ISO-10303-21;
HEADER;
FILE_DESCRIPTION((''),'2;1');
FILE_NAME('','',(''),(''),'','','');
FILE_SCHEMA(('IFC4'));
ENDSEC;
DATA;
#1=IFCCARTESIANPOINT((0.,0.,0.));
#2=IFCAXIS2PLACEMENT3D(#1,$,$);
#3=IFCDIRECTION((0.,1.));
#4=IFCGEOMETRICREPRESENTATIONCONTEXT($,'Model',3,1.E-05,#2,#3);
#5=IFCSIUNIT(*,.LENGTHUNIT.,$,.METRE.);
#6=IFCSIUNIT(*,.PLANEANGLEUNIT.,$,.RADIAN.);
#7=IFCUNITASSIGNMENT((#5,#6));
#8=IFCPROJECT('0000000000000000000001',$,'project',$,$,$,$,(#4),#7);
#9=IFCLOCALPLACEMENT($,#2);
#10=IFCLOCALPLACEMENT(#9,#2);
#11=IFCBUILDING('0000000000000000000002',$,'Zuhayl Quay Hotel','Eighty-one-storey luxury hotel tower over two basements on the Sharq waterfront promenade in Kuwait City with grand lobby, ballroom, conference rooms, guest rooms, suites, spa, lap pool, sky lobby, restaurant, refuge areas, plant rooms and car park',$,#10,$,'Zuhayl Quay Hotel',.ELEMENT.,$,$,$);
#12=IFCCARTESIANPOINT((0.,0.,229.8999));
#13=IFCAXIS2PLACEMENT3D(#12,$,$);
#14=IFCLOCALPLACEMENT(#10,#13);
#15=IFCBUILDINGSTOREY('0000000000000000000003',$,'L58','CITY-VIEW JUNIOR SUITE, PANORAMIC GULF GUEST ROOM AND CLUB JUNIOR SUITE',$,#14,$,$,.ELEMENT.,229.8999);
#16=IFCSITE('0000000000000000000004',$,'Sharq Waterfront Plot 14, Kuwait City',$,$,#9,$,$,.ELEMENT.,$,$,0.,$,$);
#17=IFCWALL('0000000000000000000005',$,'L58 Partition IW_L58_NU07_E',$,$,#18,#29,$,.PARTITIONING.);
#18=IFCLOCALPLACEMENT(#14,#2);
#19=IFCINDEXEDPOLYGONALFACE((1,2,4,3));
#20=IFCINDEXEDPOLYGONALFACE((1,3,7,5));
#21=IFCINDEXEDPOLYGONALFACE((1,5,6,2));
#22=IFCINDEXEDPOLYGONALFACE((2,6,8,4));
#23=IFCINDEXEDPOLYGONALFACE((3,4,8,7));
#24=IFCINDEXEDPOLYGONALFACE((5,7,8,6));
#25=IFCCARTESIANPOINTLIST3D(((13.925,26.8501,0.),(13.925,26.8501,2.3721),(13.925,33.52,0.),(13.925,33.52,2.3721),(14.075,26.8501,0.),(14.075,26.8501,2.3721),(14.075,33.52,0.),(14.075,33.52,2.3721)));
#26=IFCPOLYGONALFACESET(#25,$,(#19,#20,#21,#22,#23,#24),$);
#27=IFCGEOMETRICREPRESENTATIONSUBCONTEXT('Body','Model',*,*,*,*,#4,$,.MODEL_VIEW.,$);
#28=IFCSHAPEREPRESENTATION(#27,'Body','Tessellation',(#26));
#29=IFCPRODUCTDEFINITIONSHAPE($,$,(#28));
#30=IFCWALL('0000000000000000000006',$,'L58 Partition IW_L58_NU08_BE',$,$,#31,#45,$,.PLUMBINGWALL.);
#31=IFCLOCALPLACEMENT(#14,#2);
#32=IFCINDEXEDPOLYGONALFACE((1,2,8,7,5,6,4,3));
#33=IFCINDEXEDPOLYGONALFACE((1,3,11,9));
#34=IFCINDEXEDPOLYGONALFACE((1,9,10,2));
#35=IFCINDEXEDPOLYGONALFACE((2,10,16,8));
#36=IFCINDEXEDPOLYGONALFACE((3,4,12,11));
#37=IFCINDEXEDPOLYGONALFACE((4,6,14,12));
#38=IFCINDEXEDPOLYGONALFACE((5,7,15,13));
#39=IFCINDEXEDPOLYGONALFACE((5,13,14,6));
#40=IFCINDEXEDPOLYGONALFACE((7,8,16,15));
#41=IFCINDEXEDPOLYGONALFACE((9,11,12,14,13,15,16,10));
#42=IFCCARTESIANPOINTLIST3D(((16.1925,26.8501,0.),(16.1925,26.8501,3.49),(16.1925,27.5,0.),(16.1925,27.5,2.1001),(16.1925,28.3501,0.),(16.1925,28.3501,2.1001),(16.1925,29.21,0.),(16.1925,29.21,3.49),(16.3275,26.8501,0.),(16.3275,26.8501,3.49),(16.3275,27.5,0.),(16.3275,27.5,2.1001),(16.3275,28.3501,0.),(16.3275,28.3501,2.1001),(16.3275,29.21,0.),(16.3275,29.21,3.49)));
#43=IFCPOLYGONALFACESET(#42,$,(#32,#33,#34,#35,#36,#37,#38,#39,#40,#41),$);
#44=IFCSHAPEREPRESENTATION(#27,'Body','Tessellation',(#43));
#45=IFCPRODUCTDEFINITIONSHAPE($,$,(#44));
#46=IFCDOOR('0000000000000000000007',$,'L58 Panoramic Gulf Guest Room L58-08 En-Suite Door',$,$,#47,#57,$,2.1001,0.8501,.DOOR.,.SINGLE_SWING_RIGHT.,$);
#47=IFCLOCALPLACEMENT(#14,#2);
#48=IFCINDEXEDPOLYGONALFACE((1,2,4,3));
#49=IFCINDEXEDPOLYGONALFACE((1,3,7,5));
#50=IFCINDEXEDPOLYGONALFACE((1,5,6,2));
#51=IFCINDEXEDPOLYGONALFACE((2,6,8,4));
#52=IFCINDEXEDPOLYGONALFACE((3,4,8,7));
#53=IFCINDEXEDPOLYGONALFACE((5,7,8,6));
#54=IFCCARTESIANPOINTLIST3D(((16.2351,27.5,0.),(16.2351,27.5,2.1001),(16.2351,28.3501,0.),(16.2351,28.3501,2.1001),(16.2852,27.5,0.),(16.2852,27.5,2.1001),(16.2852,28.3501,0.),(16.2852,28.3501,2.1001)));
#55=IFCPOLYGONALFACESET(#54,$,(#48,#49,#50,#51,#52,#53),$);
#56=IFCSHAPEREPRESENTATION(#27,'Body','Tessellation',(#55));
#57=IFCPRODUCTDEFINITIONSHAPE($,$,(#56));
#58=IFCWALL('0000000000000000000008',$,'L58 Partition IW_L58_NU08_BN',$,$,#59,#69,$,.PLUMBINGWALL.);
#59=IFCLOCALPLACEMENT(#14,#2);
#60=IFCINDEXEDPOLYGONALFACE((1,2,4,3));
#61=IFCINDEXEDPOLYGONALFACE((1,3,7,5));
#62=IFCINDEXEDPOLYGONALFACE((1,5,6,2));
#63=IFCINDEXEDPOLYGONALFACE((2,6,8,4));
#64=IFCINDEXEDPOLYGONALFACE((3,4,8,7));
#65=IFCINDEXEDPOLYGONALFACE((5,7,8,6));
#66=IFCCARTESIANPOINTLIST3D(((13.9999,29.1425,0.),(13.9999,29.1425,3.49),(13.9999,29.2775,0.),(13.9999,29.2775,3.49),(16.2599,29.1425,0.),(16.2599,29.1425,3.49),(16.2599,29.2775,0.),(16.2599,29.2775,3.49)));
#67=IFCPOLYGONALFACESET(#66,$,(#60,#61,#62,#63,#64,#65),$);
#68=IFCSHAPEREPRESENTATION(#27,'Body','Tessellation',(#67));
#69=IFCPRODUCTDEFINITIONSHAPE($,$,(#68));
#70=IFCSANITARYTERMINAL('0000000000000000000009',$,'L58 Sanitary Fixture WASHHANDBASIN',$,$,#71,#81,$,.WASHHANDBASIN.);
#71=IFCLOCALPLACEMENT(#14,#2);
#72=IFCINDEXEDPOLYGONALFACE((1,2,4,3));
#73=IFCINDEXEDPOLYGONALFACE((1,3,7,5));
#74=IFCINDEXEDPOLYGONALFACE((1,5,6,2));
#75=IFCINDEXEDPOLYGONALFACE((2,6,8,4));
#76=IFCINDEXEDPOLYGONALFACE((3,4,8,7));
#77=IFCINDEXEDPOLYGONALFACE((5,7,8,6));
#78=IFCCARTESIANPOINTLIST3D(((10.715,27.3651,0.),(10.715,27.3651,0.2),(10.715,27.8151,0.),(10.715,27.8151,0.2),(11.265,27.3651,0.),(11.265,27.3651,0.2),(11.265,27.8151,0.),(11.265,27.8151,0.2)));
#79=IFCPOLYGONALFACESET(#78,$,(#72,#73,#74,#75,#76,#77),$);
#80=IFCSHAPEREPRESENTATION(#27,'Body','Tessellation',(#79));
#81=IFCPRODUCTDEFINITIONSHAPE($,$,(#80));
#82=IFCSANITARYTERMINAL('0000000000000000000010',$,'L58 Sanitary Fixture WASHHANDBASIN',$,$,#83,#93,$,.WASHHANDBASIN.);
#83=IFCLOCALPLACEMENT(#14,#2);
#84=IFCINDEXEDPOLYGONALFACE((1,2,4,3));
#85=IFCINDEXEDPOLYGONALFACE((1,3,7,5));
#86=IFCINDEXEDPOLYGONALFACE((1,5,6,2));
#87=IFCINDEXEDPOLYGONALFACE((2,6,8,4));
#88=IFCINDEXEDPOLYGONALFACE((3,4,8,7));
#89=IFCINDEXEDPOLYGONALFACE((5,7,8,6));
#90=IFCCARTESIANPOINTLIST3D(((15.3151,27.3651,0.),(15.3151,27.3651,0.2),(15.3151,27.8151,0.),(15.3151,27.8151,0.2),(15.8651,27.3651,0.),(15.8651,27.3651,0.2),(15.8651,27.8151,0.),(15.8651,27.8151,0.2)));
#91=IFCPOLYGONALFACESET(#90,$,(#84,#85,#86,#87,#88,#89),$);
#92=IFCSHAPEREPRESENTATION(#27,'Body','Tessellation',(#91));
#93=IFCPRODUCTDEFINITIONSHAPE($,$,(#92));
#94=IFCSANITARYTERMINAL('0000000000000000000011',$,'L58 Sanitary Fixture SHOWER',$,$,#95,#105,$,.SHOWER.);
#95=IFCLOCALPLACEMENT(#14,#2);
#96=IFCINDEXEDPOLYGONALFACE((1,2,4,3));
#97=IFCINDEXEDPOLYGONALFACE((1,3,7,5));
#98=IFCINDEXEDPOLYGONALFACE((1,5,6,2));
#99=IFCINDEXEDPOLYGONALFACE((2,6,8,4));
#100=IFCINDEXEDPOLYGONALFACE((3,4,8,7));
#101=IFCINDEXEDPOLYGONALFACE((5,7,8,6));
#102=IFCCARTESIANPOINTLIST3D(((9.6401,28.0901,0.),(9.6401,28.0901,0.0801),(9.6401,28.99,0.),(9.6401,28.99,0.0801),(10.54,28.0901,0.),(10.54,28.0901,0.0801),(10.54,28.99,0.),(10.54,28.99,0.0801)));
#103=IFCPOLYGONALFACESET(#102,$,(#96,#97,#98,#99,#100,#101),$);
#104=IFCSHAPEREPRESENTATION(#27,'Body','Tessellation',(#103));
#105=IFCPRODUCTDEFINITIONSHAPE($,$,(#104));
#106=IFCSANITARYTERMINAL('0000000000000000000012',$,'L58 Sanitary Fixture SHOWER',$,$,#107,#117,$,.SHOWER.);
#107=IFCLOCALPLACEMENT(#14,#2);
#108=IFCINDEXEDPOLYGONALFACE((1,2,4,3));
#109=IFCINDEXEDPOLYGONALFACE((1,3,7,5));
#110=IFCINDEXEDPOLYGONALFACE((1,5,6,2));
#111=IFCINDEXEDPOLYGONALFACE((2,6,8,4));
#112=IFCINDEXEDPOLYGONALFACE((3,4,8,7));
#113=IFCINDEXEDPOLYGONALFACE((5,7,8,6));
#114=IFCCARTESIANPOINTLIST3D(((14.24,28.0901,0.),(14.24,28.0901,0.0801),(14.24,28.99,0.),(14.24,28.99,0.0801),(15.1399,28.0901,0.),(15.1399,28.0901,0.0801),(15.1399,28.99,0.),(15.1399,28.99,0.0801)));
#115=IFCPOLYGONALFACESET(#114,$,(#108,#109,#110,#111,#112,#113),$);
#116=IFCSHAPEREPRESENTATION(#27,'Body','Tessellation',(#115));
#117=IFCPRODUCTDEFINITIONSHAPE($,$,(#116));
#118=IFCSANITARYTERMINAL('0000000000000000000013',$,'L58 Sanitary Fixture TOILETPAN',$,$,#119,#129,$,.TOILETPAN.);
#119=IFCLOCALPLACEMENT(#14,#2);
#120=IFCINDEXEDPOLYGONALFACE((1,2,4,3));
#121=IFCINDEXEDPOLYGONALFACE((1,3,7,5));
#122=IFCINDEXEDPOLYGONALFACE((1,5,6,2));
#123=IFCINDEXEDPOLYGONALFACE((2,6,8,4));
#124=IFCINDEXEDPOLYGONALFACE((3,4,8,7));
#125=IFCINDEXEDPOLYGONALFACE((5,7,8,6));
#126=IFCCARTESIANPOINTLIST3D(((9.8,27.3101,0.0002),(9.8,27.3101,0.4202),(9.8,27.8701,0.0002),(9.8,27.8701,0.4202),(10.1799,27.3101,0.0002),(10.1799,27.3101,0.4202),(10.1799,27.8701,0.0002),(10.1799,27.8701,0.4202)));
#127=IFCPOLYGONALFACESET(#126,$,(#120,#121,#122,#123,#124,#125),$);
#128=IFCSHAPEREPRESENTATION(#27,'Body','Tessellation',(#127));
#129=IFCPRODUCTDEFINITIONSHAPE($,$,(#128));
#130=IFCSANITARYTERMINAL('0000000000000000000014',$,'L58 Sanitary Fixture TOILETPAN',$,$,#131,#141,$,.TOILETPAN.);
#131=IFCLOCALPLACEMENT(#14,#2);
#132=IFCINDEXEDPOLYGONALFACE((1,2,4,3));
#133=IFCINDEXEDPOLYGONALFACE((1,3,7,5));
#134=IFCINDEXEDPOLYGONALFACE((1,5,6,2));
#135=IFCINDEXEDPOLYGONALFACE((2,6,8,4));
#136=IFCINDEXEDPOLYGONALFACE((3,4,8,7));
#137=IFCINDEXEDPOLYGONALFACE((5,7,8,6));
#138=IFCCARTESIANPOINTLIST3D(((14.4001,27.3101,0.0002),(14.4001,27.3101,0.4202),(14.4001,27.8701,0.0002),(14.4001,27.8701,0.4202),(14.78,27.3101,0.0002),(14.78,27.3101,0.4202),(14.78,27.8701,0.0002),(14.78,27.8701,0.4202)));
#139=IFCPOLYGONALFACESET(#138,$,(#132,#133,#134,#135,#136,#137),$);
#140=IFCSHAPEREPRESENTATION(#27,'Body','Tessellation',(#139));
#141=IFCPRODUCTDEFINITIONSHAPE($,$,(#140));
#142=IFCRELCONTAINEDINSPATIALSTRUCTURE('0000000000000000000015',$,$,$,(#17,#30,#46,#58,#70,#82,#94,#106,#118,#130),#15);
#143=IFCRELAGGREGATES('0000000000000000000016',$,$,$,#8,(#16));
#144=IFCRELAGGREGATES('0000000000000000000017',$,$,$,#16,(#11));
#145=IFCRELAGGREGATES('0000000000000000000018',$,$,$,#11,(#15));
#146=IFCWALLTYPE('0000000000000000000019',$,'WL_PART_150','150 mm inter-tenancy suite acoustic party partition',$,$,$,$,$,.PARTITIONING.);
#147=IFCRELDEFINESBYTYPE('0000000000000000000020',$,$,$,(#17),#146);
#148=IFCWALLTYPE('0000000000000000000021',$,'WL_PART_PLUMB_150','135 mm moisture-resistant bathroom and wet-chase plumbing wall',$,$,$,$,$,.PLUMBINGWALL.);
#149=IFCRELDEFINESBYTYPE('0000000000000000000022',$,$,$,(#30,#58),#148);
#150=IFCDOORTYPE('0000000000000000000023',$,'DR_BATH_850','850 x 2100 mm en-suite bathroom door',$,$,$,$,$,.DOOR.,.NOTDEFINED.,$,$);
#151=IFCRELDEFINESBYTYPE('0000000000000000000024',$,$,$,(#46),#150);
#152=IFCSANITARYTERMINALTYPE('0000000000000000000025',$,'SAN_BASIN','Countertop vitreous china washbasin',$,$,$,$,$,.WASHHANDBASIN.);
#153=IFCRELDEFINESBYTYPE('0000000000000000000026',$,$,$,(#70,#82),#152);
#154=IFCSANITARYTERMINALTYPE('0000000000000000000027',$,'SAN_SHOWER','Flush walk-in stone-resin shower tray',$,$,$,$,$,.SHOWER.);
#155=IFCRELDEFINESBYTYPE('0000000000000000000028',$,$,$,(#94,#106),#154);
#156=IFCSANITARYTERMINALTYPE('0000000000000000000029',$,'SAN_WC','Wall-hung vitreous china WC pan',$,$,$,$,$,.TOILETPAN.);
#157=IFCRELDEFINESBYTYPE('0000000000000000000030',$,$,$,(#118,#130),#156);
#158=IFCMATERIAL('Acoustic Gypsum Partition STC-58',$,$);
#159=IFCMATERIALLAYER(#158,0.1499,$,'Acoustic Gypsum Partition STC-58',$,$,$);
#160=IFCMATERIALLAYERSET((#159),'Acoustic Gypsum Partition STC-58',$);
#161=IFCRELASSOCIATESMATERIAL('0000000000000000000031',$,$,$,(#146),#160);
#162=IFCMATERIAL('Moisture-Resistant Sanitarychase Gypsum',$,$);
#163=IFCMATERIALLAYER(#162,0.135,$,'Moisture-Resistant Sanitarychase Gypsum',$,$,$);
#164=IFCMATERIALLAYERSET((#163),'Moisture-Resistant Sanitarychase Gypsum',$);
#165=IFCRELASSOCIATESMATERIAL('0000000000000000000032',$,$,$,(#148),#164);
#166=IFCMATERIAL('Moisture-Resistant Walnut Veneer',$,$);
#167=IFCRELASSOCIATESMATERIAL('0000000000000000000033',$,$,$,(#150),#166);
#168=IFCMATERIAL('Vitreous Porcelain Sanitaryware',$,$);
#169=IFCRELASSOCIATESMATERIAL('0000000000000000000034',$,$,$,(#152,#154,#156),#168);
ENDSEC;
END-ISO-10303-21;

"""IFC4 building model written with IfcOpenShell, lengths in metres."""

from ifc_helpers import new_model, si_unit, direction, frame, frame_2d, origin, origin_2d, place, context, subcontext, project, spatial, rectangle, extrude, material, layer, layer_set, type_object, element, fill, save


model = new_model("IFC4")

# Units and contexts
model_context = context("Model", 3, precision=1e-05, world=origin(), true_north=direction((0.0, 1.0)))
body_context = subcontext(model_context, "Body", "Model", "MODEL_VIEW")
ifc_project = project(units=[si_unit("LENGTHUNIT", "METRE"), si_unit("PLANEANGLEUNIT", "RADIAN")], contexts=[model_context])

# Site, building, storey
site_placement = place(None, origin())
site = spatial("IfcSite", under=ifc_project, at=site_placement, Name="Sharq Waterfront Plot 14, Kuwait City", CompositionType="ELEMENT", RefElevation=0.0)
building_placement = place(site_placement, origin())
building = spatial("IfcBuilding", under=site, at=building_placement, Name="Zuhayl Quay Hotel", Description="Eighty-one-storey luxury hotel tower over two basements on the Sharq waterfront promenade in Kuwait City with grand lobby, ballroom, conference rooms, guest rooms, suites, spa, lap pool, sky lobby, restaurant, refuge areas, plant rooms and car park", LongName="Zuhayl Quay Hotel", CompositionType="ELEMENT")
storey_placement = place(building_placement, frame((0.0, 0.0, 229.8999)))
storey = spatial("IfcBuildingStorey", under=building, at=storey_placement, Name="L58", Description="CITY-VIEW JUNIOR SUITE, PANORAMIC GULF GUEST ROOM AND CLUB JUNIOR SUITE", CompositionType="ELEMENT", Elevation=229.8999)

# Wall
ifc_material_1 = material(Name="Acoustic Gypsum Partition STC-58")
ifc_layer_1 = layer(ifc_material_1, 0.1499, Name="Acoustic Gypsum Partition STC-58")
ifc_layer_set_1 = layer_set([ifc_layer_1], Name="Acoustic Gypsum Partition STC-58")
wall_type_1 = type_object("IfcWallType", Name="WL_PART_150", Description="150 mm inter-tenancy suite acoustic party partition", PredefinedType="PARTITIONING", material=ifc_layer_set_1)
wall_1_placement = place(storey_placement, frame((14.0, 26.8501, 0.0), z_axis=(0.0, 0.0, 1.0), x_axis=(0.0, 1.0, 0.0)))
element("IfcWall", 1, at=wall_1_placement, inside=storey, type_object=wall_type_1, Name="L58 Partition IW_L58_NU07_E", PredefinedType="PARTITIONING", context=body_context, shape_type="SweptSolid", body=[
    extrude(rectangle(XDim=6.6699, YDim=0.1499, at=frame_2d((3.335, 0.0))), origin(), (0.0, 0.0, 1.0), 2.3721),
])

# Wall, opening, door
ifc_material_2 = material(Name="Moisture-Resistant Sanitarychase Gypsum")
ifc_layer_2 = layer(ifc_material_2, 0.135, Name="Moisture-Resistant Sanitarychase Gypsum")
ifc_layer_set_2 = layer_set([ifc_layer_2], Name="Moisture-Resistant Sanitarychase Gypsum")
wall_type_2 = type_object("IfcWallType", Name="WL_PART_PLUMB_150", Description="135 mm moisture-resistant bathroom and wet-chase plumbing wall", PredefinedType="PLUMBINGWALL", material=ifc_layer_set_2)
wall_2_placement = place(storey_placement, frame((16.26, 26.8501, 0.0), z_axis=(0.0, 0.0, 1.0), x_axis=(0.0, 1.0, 0.0)))
wall_2 = element("IfcWall", 2, at=wall_2_placement, inside=storey, type_object=wall_type_2, Name="L58 Partition IW_L58_NU08_BE", PredefinedType="PLUMBINGWALL", context=body_context, shape_type="SweptSolid", body=[
    extrude(rectangle(XDim=2.3599, YDim=0.135, at=frame_2d((1.1799, 0.0))), origin(), (0.0, 0.0, 1.0), 3.49),
])
opening_1_placement = place(wall_2_placement, frame((0.6499, 0.0, 0.0)))
opening_1 = element("IfcOpeningElement", 3, at=opening_1_placement, cuts=wall_2, PredefinedType="OPENING", context=body_context, shape_type="SweptSolid", body=[
    extrude(rectangle(XDim=0.8501, YDim=2.1001, at=frame_2d((0.425, 1.05))), frame((0.0, 0.0774, 0.0), z_axis=(0.0, -1.0, 0.0), x_axis=(1.0, 0.0, 0.0)), (0.0, 0.0, 1.0), 0.155),
])
ifc_material_3 = material(Name="Moisture-Resistant Walnut Veneer")
door_type = type_object("IfcDoorType", Name="DR_BATH_850", Description="850 x 2100 mm en-suite bathroom door", OperationType="NOTDEFINED", PredefinedType="DOOR", material=ifc_material_3)
door_placement = place(opening_1_placement, origin())
door = element("IfcDoor", 4, at=door_placement, inside=storey, type_object=door_type, Name="L58 Panoramic Gulf Guest Room L58-08 En-Suite Door", OperationType="SINGLE_SWING_RIGHT", OverallHeight=2.1001, OverallWidth=0.8501, PredefinedType="DOOR", context=body_context, shape_type="SweptSolid", body=[
    extrude(rectangle(XDim=0.8501, YDim=2.1001, at=frame_2d((0.425, 1.05))), frame((0.0, 0.0249, 0.0), z_axis=(0.0, -1.0, 0.0), x_axis=(1.0, 0.0, 0.0)), (0.0, 0.0, 1.0), 0.05),
])
fill(opening_1, door)

# Wall
wall_3_placement = place(storey_placement, frame((14.0, 29.21, 0.0), z_axis=(0.0, 0.0, 1.0), x_axis=(1.0, 0.0, 0.0)))
element("IfcWall", 5, at=wall_3_placement, inside=storey, type_object=wall_type_2, Name="L58 Partition IW_L58_NU08_BN", PredefinedType="PLUMBINGWALL", context=body_context, shape_type="SweptSolid", body=[
    extrude(rectangle(XDim=2.26, YDim=0.135, at=frame_2d((1.1299, 0.0))), origin(), (0.0, 0.0, 1.0), 3.49),
])

# Sanitary terminals
ifc_material_4 = material(Name="Vitreous Porcelain Sanitaryware")
sanitary_terminal_type_1 = type_object("IfcSanitaryTerminalType", Name="SAN_BASIN", Description="Countertop vitreous china washbasin", PredefinedType="WASHHANDBASIN", material=ifc_material_4)
for number, where, z_axis, x_axis, name in (
    (6, (10.99, 27.5901, 0.0), (0.0, 0.0, 1.0), (1.0, 0.0, 0.0), "L58 Sanitary Fixture WASHHANDBASIN"),
    (7, (15.5901, 27.5901, 0.0), (0.0, 0.0, 1.0), (1.0, 0.0, 0.0), "L58 Sanitary Fixture WASHHANDBASIN"),
):
    element("IfcSanitaryTerminal", number, at=place(storey_placement, frame(where, z_axis=z_axis, x_axis=x_axis)), inside=storey, type_object=sanitary_terminal_type_1, Name=name, PredefinedType="WASHHANDBASIN", context=body_context, shape_type="SweptSolid", body=[
        extrude(rectangle(XDim=0.55, YDim=0.45, at=origin_2d()), origin(), (0.0, 0.0, 1.0), 0.2),
    ])
sanitary_terminal_type_2 = type_object("IfcSanitaryTerminalType", Name="SAN_SHOWER", Description="Flush walk-in stone-resin shower tray", PredefinedType="SHOWER", material=ifc_material_4)
for number, where, z_axis, x_axis, name in (
    (8, (10.0901, 28.54, 0.0), (0.0, 0.0, 1.0), (1.0, 0.0, 0.0), "L58 Sanitary Fixture SHOWER"),
    (9, (14.6899, 28.54, 0.0), (0.0, 0.0, 1.0), (1.0, 0.0, 0.0), "L58 Sanitary Fixture SHOWER"),
):
    element("IfcSanitaryTerminal", number, at=place(storey_placement, frame(where, z_axis=z_axis, x_axis=x_axis)), inside=storey, type_object=sanitary_terminal_type_2, Name=name, PredefinedType="SHOWER", context=body_context, shape_type="SweptSolid", body=[
        extrude(rectangle(XDim=0.8999, YDim=0.8999, at=origin_2d()), origin(), (0.0, 0.0, 1.0), 0.0801),
    ])
sanitary_terminal_type_3 = type_object("IfcSanitaryTerminalType", Name="SAN_WC", Description="Wall-hung vitreous china WC pan", PredefinedType="TOILETPAN", material=ifc_material_4)
for number, where, z_axis, x_axis, name in (
    (10, (9.99, 27.5901, 0.0002), (0.0, 0.0, 1.0), (1.0, 0.0, 0.0), "L58 Sanitary Fixture TOILETPAN"),
    (11, (14.5901, 27.5901, 0.0002), (0.0, 0.0, 1.0), (1.0, 0.0, 0.0), "L58 Sanitary Fixture TOILETPAN"),
):
    element("IfcSanitaryTerminal", number, at=place(storey_placement, frame(where, z_axis=z_axis, x_axis=x_axis)), inside=storey, type_object=sanitary_terminal_type_3, Name=name, PredefinedType="TOILETPAN", context=body_context, shape_type="SweptSolid", body=[
        extrude(rectangle(XDim=0.3799, YDim=0.5601, at=origin_2d()), origin(), (0.0, 0.0, 1.0), 0.4199),
    ])

save(model, "model.ifc")
